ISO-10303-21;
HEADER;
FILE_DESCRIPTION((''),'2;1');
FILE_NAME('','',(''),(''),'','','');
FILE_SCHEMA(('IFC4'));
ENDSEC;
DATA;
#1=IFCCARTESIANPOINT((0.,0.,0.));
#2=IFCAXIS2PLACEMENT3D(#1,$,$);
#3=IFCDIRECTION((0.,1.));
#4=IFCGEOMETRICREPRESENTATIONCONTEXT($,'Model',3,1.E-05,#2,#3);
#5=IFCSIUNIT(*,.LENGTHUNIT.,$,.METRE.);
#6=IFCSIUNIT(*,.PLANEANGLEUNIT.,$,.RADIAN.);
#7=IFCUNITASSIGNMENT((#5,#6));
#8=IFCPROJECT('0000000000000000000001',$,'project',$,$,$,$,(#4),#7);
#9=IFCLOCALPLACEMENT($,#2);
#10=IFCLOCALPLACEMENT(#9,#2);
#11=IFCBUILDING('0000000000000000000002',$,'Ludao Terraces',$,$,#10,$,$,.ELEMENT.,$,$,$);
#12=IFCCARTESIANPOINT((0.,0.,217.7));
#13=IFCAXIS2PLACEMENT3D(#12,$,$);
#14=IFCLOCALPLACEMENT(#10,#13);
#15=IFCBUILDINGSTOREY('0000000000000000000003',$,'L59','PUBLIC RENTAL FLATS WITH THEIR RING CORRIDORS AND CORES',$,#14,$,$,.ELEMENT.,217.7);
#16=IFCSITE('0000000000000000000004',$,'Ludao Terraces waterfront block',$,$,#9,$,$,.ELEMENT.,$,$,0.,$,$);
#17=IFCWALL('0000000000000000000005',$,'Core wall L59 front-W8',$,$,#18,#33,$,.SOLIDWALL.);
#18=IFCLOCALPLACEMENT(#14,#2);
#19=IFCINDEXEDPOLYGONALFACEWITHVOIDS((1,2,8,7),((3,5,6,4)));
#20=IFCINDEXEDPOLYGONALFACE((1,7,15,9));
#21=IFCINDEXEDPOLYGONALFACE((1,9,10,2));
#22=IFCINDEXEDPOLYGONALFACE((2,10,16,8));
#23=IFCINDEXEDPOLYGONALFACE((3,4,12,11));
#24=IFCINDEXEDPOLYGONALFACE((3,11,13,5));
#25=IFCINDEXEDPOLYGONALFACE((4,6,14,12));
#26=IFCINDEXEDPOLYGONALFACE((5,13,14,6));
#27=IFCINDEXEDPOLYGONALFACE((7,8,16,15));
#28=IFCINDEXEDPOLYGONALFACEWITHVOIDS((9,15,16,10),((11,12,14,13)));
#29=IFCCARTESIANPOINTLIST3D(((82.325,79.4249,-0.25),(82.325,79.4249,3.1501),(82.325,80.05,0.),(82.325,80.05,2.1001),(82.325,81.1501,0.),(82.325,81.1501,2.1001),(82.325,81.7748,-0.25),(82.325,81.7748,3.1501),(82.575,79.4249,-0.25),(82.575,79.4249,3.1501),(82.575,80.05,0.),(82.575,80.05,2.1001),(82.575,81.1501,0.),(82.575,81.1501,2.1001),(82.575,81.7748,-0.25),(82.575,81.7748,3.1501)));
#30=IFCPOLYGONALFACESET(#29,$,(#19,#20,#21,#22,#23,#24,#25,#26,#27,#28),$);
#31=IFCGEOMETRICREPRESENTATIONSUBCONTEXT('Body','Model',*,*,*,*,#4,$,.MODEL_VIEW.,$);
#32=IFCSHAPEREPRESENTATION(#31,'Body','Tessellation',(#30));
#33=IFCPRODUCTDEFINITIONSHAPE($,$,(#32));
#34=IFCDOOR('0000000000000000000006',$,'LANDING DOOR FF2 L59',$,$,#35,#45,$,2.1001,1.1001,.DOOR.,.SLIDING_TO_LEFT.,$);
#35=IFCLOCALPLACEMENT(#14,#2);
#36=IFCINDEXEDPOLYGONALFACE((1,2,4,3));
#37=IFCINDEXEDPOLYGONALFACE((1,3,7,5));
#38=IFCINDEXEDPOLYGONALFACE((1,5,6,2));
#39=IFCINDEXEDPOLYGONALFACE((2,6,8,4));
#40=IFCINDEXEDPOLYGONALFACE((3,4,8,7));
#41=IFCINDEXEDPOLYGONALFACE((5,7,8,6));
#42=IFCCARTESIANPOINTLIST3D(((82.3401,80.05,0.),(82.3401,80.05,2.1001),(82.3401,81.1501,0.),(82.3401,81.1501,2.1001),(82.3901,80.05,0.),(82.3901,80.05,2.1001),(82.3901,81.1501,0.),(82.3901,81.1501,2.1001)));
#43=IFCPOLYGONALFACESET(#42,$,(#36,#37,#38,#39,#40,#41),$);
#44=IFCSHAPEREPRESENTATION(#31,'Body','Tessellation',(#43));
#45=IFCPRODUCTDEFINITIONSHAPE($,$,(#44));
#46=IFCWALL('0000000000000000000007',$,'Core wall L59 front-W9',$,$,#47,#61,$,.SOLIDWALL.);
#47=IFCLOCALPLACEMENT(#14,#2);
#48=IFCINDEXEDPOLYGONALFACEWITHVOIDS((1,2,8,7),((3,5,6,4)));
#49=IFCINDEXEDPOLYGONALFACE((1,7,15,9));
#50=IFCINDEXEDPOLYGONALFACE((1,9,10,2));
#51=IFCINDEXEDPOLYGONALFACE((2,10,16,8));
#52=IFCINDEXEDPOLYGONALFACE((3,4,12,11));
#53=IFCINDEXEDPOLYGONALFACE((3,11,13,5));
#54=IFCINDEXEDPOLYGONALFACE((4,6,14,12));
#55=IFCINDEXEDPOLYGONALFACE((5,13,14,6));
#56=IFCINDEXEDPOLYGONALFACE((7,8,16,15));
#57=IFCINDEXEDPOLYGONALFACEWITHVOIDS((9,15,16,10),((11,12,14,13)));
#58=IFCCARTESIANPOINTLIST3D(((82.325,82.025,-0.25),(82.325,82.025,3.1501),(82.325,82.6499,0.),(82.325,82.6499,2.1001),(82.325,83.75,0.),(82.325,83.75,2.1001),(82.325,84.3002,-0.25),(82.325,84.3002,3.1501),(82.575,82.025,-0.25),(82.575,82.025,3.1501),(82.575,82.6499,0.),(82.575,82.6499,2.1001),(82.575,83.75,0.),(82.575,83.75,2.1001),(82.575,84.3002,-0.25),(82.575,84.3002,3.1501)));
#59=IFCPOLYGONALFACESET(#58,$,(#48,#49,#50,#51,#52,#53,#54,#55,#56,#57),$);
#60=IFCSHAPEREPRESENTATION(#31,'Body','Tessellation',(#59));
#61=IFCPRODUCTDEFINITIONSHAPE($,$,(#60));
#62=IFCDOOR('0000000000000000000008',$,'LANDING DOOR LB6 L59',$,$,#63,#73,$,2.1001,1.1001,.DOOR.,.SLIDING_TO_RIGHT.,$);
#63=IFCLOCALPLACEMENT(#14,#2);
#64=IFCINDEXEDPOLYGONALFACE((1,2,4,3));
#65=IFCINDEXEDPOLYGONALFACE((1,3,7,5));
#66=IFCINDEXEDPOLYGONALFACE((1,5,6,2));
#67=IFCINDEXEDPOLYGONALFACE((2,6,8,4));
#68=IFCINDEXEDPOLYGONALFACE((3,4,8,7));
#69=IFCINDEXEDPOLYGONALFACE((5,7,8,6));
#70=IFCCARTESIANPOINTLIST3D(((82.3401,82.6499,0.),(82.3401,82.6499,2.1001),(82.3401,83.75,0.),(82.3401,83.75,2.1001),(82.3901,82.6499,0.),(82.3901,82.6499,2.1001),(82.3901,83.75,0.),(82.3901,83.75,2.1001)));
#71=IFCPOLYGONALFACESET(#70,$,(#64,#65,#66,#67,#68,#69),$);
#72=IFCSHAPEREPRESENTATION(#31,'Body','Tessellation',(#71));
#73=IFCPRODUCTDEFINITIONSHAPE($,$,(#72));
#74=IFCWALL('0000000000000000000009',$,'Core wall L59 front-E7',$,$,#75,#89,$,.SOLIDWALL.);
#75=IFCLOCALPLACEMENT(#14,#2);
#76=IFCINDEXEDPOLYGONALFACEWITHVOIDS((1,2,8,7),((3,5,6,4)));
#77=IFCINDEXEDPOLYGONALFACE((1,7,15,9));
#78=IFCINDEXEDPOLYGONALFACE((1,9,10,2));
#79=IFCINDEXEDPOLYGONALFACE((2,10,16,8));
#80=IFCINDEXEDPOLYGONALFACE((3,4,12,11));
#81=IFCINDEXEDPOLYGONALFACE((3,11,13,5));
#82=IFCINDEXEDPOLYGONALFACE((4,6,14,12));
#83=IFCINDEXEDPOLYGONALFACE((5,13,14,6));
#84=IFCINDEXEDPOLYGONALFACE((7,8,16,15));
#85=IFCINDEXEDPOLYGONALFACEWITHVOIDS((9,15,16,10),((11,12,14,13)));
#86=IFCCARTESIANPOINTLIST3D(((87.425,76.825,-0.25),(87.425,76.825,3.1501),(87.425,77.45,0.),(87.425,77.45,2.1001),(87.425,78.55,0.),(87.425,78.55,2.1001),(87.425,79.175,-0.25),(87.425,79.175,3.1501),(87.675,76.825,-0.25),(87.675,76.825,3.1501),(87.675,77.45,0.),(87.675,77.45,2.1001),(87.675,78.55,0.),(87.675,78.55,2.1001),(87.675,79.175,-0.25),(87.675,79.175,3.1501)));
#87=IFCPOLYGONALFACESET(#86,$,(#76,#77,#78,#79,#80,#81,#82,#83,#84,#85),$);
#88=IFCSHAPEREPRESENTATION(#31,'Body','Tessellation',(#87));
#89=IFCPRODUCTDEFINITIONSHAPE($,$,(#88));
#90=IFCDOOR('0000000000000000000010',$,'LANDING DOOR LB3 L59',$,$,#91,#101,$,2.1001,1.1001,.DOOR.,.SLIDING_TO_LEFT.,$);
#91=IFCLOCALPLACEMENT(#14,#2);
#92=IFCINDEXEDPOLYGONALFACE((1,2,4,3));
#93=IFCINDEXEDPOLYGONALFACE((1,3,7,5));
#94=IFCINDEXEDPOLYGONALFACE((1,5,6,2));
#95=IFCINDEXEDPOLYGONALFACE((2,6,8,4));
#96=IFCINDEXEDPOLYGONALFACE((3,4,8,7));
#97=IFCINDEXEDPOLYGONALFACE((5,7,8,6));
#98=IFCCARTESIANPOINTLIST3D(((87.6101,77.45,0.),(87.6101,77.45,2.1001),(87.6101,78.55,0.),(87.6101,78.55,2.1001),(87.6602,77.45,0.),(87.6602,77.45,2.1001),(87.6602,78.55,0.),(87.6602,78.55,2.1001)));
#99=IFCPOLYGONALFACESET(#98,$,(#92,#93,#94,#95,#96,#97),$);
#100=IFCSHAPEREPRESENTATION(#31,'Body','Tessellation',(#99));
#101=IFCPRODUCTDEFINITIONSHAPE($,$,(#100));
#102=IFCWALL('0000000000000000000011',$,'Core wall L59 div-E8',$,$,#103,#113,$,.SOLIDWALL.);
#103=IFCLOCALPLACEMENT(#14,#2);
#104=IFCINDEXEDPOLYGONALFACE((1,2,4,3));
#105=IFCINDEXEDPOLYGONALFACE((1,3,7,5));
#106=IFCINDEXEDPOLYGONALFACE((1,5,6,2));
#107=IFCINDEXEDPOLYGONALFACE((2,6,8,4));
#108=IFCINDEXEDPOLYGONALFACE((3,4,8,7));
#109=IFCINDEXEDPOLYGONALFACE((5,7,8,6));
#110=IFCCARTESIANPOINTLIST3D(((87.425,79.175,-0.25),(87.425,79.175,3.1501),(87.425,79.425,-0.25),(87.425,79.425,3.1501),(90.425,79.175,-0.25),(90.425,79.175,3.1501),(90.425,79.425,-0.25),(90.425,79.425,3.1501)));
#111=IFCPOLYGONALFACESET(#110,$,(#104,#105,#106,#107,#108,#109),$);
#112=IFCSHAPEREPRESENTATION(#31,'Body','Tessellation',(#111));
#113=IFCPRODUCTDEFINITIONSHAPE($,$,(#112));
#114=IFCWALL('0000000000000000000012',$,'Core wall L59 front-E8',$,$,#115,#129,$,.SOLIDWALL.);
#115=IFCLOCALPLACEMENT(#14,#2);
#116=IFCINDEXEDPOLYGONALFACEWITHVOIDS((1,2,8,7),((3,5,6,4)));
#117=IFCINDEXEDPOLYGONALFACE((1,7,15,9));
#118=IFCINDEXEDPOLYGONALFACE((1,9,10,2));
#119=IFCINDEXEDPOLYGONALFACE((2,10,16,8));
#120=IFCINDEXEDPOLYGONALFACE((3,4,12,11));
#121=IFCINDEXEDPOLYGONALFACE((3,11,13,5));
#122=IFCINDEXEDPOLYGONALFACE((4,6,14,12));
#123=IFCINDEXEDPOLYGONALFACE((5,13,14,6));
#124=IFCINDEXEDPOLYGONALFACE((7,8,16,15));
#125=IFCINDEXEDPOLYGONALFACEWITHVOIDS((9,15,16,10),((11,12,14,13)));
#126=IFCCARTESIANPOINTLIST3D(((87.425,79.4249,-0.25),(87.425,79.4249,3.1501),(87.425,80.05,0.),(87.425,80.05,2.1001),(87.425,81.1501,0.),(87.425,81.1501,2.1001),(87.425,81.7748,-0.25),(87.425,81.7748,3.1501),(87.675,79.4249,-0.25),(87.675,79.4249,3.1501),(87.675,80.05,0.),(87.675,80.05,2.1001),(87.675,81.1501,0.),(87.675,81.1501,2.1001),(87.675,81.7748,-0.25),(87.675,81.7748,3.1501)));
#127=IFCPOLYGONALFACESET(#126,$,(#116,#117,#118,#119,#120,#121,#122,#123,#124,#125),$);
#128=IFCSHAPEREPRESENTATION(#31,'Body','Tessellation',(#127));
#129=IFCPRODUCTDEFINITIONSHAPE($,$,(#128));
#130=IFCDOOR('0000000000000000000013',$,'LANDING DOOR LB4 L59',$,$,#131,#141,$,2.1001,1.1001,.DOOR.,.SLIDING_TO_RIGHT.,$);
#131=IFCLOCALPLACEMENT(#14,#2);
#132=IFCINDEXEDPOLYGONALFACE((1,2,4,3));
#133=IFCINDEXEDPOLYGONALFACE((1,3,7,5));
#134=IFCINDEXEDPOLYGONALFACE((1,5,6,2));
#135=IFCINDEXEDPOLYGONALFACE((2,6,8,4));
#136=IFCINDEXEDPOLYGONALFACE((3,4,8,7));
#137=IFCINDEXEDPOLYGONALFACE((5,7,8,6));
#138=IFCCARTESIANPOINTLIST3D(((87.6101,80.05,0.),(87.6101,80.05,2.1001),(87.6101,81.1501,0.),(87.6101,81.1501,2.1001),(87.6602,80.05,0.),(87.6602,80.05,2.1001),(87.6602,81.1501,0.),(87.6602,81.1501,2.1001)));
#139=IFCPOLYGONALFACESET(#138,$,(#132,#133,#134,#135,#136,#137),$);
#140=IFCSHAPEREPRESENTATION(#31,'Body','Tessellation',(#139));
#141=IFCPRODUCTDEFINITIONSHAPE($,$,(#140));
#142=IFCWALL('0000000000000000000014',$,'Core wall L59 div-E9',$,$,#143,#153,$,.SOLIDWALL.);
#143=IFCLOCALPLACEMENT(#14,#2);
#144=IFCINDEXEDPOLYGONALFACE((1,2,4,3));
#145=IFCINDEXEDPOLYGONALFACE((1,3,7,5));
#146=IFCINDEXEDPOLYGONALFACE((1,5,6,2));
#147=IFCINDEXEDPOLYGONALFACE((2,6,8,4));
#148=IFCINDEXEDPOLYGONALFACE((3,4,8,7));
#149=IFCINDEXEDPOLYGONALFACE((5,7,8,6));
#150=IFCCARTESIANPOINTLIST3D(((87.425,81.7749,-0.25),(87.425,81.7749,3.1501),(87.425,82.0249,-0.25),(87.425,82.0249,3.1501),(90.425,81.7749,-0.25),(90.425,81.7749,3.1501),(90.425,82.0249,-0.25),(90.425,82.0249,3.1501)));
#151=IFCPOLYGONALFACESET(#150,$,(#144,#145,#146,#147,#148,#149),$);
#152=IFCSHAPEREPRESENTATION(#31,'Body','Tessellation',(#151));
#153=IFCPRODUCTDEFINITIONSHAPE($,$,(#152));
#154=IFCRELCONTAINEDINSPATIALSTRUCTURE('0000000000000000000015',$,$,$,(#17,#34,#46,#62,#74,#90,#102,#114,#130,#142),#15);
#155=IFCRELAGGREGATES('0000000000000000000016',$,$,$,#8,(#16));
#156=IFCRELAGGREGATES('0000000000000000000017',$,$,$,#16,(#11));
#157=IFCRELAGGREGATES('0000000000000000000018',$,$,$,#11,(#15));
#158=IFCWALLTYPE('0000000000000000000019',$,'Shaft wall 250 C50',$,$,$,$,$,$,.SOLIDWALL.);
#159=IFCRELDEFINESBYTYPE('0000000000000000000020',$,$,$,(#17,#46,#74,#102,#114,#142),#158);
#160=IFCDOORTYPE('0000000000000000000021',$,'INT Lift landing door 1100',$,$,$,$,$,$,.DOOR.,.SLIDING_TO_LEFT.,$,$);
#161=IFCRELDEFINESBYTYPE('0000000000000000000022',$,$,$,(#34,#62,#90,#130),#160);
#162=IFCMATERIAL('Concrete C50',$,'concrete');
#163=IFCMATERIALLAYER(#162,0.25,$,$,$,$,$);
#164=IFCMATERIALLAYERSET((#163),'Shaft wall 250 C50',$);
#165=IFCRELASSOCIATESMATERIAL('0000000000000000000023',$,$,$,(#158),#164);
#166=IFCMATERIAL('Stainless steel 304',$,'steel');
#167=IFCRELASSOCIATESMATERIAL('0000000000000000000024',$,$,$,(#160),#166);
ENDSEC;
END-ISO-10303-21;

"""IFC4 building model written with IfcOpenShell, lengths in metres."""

from ifc_helpers import new_model, si_unit, direction, frame, frame_2d, origin, place, context, subcontext, project, spatial, rectangle, extrude, material, layer, layer_set, type_object, element, fill, save


model = new_model("IFC4")

# Units and contexts
model_context = context("Model", 3, precision=1e-05, world=origin(), true_north=direction((0.0, 1.0)))
body_context = subcontext(model_context, "Body", "Model", "MODEL_VIEW")
ifc_project = project(units=[si_unit("LENGTHUNIT", "METRE"), si_unit("PLANEANGLEUNIT", "RADIAN")], contexts=[model_context])

# Site, building, storey
site_placement = place(None, origin())
site = spatial("IfcSite", under=ifc_project, at=site_placement, Name="Ludao Terraces waterfront block", CompositionType="ELEMENT", RefElevation=0.0)
building_placement = place(site_placement, origin())
building = spatial("IfcBuilding", under=site, at=building_placement, Name="Ludao Terraces", CompositionType="ELEMENT")
storey_placement = place(building_placement, frame((0.0, 0.0, 217.7)))
storey = spatial("IfcBuildingStorey", under=building, at=storey_placement, Name="L59", Description="PUBLIC RENTAL FLATS WITH THEIR RING CORRIDORS AND CORES", CompositionType="ELEMENT", Elevation=217.7)

# Shared definitions
ifc_material_1 = material(Name="Concrete C50", Category="concrete")

# Shared definitions
ifc_layer_1 = layer(ifc_material_1, 0.25)
ifc_layer_set_1 = layer_set([ifc_layer_1], Name="Shaft wall 250 C50")
wall_type_1 = type_object("IfcWallType", Name="Shaft wall 250 C50", PredefinedType="SOLIDWALL", material=ifc_layer_set_1)

# Walls, openings, doors
ifc_material_2 = material(Name="Stainless steel 304", Category="steel")
door_type_1 = type_object("IfcDoorType", Name="INT Lift landing door 1100", OperationType="SLIDING_TO_LEFT", PredefinedType="DOOR", material=ifc_material_2)
wall_1_placement = place(storey_placement, frame((82.45, 79.425, -0.25), z_axis=(0.0, 0.0, 1.0), x_axis=(0.0, 1.0, 0.0)))
wall_1 = element("IfcWall", 1, at=wall_1_placement, inside=storey, type_object=wall_type_1, Name="Core wall L59 front-W8", PredefinedType="SOLIDWALL", context=body_context, shape_type="SweptSolid", body=[
    extrude(rectangle(XDim=2.3499, YDim=0.25, at=frame_2d((1.1748, 0.0))), origin(), (0.0, 0.0, 1.0), 3.4001),
])
opening_1_placement = place(wall_1_placement, frame((0.625, 0.0, 0.25)))
opening_1 = element("IfcOpeningElement", 2, at=opening_1_placement, cuts=wall_1, PredefinedType="OPENING", context=body_context, shape_type="SweptSolid", body=[
    extrude(rectangle(XDim=1.1001, YDim=2.1001, at=frame_2d((0.55, 1.05))), frame((0.0, 0.135, 0.0), z_axis=(0.0, -1.0, 0.0), x_axis=(1.0, 0.0, 0.0)), (0.0, 0.0, 1.0), 0.27),
])
door_1_placement = place(opening_1_placement, origin())
door_1 = element("IfcDoor", 3, at=door_1_placement, inside=storey, type_object=door_type_1, Name="LANDING DOOR FF2 L59", OperationType="SLIDING_TO_LEFT", OverallHeight=2.1001, OverallWidth=1.1001, PredefinedType="DOOR", context=body_context, shape_type="SweptSolid", body=[
    extrude(rectangle(XDim=1.1001, YDim=2.1001, at=frame_2d((0.55, 1.05))), frame((0.0, 0.1099, 0.0), z_axis=(0.0, -1.0, 0.0), x_axis=(1.0, 0.0, 0.0)), (0.0, 0.0, 1.0), 0.05),
])
fill(opening_1, door_1)
wall_2_placement = place(storey_placement, frame((82.45, 82.0249, -0.25), z_axis=(0.0, 0.0, 1.0), x_axis=(0.0, 1.0, 0.0)))
wall_2 = element("IfcWall", 4, at=wall_2_placement, inside=storey, type_object=wall_type_1, Name="Core wall L59 front-W9", PredefinedType="SOLIDWALL", context=body_context, shape_type="SweptSolid", body=[
    extrude(rectangle(XDim=2.2751, YDim=0.25, at=frame_2d((1.1377, 0.0))), origin(), (0.0, 0.0, 1.0), 3.4001),
])
opening_2_placement = place(wall_2_placement, frame((0.625, 0.0, 0.25)))
opening_2 = element("IfcOpeningElement", 5, at=opening_2_placement, cuts=wall_2, PredefinedType="OPENING", context=body_context, shape_type="SweptSolid", body=[
    extrude(rectangle(XDim=1.1001, YDim=2.1001, at=frame_2d((0.55, 1.05))), frame((0.0, 0.135, 0.0), z_axis=(0.0, -1.0, 0.0), x_axis=(1.0, 0.0, 0.0)), (0.0, 0.0, 1.0), 0.27),
])
door_2_placement = place(opening_2_placement, origin())
door_2 = element("IfcDoor", 6, at=door_2_placement, inside=storey, type_object=door_type_1, Name="LANDING DOOR LB6 L59", OperationType="SLIDING_TO_RIGHT", OverallHeight=2.1001, OverallWidth=1.1001, PredefinedType="DOOR", context=body_context, shape_type="SweptSolid", body=[
    extrude(rectangle(XDim=1.1001, YDim=2.1001, at=frame_2d((0.55, 1.05))), frame((0.0, 0.1099, 0.0), z_axis=(0.0, -1.0, 0.0), x_axis=(1.0, 0.0, 0.0)), (0.0, 0.0, 1.0), 0.05),
])
fill(opening_2, door_2)
wall_3_placement = place(storey_placement, frame((87.55, 76.825, -0.25), z_axis=(0.0, 0.0, 1.0), x_axis=(0.0, 1.0, 0.0)))
wall_3 = element("IfcWall", 7, at=wall_3_placement, inside=storey, type_object=wall_type_1, Name="Core wall L59 front-E7", PredefinedType="SOLIDWALL", context=body_context, shape_type="SweptSolid", body=[
    extrude(rectangle(XDim=2.3501, YDim=0.25, at=frame_2d((1.175, 0.0))), origin(), (0.0, 0.0, 1.0), 3.4001),
])
opening_3_placement = place(wall_3_placement, frame((0.625, 0.0, 0.25)))
opening_3 = element("IfcOpeningElement", 8, at=opening_3_placement, cuts=wall_3, PredefinedType="OPENING", context=body_context, shape_type="SweptSolid", body=[
    extrude(rectangle(XDim=1.1001, YDim=2.1001, at=frame_2d((0.55, 1.05))), frame((0.0, 0.135, 0.0), z_axis=(0.0, -1.0, 0.0), x_axis=(1.0, 0.0, 0.0)), (0.0, 0.0, 1.0), 0.27),
])
door_3_placement = place(opening_3_placement, origin())
door_3 = element("IfcDoor", 9, at=door_3_placement, inside=storey, type_object=door_type_1, Name="LANDING DOOR LB3 L59", OperationType="SLIDING_TO_LEFT", OverallHeight=2.1001, OverallWidth=1.1001, PredefinedType="DOOR", context=body_context, shape_type="SweptSolid", body=[
    extrude(rectangle(XDim=1.1001, YDim=2.1001, at=frame_2d((0.55, 1.05))), frame((0.0, -0.0601, 0.0), z_axis=(0.0, -1.0, 0.0), x_axis=(1.0, 0.0, 0.0)), (0.0, 0.0, 1.0), 0.05),
])
fill(opening_3, door_3)

# Wall
wall_4_placement = place(storey_placement, frame((87.425, 79.3, -0.25), z_axis=(0.0, 0.0, 1.0), x_axis=(1.0, 0.0, 0.0)))
element("IfcWall", 10, at=wall_4_placement, inside=storey, type_object=wall_type_1, Name="Core wall L59 div-E8", PredefinedType="SOLIDWALL", context=body_context, shape_type="SweptSolid", body=[
    extrude(rectangle(XDim=3.0, YDim=0.25, at=frame_2d((1.5, 0.0))), origin(), (0.0, 0.0, 1.0), 3.4001),
])

# Wall, opening, door
wall_5_placement = place(storey_placement, frame((87.55, 79.425, -0.25), z_axis=(0.0, 0.0, 1.0), x_axis=(0.0, 1.0, 0.0)))
wall_5 = element("IfcWall", 11, at=wall_5_placement, inside=storey, type_object=wall_type_1, Name="Core wall L59 front-E8", PredefinedType="SOLIDWALL", context=body_context, shape_type="SweptSolid", body=[
    extrude(rectangle(XDim=2.3499, YDim=0.25, at=frame_2d((1.1748, 0.0))), origin(), (0.0, 0.0, 1.0), 3.4001),
])
opening_4_placement = place(wall_5_placement, frame((0.625, 0.0, 0.25)))
opening_4 = element("IfcOpeningElement", 12, at=opening_4_placement, cuts=wall_5, PredefinedType="OPENING", context=body_context, shape_type="SweptSolid", body=[
    extrude(rectangle(XDim=1.1001, YDim=2.1001, at=frame_2d((0.55, 1.05))), frame((0.0, 0.135, 0.0), z_axis=(0.0, -1.0, 0.0), x_axis=(1.0, 0.0, 0.0)), (0.0, 0.0, 1.0), 0.27),
])
door_4_placement = place(opening_4_placement, origin())
door_4 = element("IfcDoor", 13, at=door_4_placement, inside=storey, type_object=door_type_1, Name="LANDING DOOR LB4 L59", OperationType="SLIDING_TO_RIGHT", OverallHeight=2.1001, OverallWidth=1.1001, PredefinedType="DOOR", context=body_context, shape_type="SweptSolid", body=[
    extrude(rectangle(XDim=1.1001, YDim=2.1001, at=frame_2d((0.55, 1.05))), frame((0.0, -0.0601, 0.0), z_axis=(0.0, -1.0, 0.0), x_axis=(1.0, 0.0, 0.0)), (0.0, 0.0, 1.0), 0.05),
])
fill(opening_4, door_4)

# Wall
wall_6_placement = place(storey_placement, frame((87.425, 81.8999, -0.25), z_axis=(0.0, 0.0, 1.0), x_axis=(1.0, 0.0, 0.0)))
element("IfcWall", 14, at=wall_6_placement, inside=storey, type_object=wall_type_1, Name="Core wall L59 div-E9", PredefinedType="SOLIDWALL", context=body_context, shape_type="SweptSolid", body=[
    extrude(rectangle(XDim=3.0, YDim=0.25, at=frame_2d((1.5, 0.0))), origin(), (0.0, 0.0, 1.0), 3.4001),
])

save(model, "model.ifc")
